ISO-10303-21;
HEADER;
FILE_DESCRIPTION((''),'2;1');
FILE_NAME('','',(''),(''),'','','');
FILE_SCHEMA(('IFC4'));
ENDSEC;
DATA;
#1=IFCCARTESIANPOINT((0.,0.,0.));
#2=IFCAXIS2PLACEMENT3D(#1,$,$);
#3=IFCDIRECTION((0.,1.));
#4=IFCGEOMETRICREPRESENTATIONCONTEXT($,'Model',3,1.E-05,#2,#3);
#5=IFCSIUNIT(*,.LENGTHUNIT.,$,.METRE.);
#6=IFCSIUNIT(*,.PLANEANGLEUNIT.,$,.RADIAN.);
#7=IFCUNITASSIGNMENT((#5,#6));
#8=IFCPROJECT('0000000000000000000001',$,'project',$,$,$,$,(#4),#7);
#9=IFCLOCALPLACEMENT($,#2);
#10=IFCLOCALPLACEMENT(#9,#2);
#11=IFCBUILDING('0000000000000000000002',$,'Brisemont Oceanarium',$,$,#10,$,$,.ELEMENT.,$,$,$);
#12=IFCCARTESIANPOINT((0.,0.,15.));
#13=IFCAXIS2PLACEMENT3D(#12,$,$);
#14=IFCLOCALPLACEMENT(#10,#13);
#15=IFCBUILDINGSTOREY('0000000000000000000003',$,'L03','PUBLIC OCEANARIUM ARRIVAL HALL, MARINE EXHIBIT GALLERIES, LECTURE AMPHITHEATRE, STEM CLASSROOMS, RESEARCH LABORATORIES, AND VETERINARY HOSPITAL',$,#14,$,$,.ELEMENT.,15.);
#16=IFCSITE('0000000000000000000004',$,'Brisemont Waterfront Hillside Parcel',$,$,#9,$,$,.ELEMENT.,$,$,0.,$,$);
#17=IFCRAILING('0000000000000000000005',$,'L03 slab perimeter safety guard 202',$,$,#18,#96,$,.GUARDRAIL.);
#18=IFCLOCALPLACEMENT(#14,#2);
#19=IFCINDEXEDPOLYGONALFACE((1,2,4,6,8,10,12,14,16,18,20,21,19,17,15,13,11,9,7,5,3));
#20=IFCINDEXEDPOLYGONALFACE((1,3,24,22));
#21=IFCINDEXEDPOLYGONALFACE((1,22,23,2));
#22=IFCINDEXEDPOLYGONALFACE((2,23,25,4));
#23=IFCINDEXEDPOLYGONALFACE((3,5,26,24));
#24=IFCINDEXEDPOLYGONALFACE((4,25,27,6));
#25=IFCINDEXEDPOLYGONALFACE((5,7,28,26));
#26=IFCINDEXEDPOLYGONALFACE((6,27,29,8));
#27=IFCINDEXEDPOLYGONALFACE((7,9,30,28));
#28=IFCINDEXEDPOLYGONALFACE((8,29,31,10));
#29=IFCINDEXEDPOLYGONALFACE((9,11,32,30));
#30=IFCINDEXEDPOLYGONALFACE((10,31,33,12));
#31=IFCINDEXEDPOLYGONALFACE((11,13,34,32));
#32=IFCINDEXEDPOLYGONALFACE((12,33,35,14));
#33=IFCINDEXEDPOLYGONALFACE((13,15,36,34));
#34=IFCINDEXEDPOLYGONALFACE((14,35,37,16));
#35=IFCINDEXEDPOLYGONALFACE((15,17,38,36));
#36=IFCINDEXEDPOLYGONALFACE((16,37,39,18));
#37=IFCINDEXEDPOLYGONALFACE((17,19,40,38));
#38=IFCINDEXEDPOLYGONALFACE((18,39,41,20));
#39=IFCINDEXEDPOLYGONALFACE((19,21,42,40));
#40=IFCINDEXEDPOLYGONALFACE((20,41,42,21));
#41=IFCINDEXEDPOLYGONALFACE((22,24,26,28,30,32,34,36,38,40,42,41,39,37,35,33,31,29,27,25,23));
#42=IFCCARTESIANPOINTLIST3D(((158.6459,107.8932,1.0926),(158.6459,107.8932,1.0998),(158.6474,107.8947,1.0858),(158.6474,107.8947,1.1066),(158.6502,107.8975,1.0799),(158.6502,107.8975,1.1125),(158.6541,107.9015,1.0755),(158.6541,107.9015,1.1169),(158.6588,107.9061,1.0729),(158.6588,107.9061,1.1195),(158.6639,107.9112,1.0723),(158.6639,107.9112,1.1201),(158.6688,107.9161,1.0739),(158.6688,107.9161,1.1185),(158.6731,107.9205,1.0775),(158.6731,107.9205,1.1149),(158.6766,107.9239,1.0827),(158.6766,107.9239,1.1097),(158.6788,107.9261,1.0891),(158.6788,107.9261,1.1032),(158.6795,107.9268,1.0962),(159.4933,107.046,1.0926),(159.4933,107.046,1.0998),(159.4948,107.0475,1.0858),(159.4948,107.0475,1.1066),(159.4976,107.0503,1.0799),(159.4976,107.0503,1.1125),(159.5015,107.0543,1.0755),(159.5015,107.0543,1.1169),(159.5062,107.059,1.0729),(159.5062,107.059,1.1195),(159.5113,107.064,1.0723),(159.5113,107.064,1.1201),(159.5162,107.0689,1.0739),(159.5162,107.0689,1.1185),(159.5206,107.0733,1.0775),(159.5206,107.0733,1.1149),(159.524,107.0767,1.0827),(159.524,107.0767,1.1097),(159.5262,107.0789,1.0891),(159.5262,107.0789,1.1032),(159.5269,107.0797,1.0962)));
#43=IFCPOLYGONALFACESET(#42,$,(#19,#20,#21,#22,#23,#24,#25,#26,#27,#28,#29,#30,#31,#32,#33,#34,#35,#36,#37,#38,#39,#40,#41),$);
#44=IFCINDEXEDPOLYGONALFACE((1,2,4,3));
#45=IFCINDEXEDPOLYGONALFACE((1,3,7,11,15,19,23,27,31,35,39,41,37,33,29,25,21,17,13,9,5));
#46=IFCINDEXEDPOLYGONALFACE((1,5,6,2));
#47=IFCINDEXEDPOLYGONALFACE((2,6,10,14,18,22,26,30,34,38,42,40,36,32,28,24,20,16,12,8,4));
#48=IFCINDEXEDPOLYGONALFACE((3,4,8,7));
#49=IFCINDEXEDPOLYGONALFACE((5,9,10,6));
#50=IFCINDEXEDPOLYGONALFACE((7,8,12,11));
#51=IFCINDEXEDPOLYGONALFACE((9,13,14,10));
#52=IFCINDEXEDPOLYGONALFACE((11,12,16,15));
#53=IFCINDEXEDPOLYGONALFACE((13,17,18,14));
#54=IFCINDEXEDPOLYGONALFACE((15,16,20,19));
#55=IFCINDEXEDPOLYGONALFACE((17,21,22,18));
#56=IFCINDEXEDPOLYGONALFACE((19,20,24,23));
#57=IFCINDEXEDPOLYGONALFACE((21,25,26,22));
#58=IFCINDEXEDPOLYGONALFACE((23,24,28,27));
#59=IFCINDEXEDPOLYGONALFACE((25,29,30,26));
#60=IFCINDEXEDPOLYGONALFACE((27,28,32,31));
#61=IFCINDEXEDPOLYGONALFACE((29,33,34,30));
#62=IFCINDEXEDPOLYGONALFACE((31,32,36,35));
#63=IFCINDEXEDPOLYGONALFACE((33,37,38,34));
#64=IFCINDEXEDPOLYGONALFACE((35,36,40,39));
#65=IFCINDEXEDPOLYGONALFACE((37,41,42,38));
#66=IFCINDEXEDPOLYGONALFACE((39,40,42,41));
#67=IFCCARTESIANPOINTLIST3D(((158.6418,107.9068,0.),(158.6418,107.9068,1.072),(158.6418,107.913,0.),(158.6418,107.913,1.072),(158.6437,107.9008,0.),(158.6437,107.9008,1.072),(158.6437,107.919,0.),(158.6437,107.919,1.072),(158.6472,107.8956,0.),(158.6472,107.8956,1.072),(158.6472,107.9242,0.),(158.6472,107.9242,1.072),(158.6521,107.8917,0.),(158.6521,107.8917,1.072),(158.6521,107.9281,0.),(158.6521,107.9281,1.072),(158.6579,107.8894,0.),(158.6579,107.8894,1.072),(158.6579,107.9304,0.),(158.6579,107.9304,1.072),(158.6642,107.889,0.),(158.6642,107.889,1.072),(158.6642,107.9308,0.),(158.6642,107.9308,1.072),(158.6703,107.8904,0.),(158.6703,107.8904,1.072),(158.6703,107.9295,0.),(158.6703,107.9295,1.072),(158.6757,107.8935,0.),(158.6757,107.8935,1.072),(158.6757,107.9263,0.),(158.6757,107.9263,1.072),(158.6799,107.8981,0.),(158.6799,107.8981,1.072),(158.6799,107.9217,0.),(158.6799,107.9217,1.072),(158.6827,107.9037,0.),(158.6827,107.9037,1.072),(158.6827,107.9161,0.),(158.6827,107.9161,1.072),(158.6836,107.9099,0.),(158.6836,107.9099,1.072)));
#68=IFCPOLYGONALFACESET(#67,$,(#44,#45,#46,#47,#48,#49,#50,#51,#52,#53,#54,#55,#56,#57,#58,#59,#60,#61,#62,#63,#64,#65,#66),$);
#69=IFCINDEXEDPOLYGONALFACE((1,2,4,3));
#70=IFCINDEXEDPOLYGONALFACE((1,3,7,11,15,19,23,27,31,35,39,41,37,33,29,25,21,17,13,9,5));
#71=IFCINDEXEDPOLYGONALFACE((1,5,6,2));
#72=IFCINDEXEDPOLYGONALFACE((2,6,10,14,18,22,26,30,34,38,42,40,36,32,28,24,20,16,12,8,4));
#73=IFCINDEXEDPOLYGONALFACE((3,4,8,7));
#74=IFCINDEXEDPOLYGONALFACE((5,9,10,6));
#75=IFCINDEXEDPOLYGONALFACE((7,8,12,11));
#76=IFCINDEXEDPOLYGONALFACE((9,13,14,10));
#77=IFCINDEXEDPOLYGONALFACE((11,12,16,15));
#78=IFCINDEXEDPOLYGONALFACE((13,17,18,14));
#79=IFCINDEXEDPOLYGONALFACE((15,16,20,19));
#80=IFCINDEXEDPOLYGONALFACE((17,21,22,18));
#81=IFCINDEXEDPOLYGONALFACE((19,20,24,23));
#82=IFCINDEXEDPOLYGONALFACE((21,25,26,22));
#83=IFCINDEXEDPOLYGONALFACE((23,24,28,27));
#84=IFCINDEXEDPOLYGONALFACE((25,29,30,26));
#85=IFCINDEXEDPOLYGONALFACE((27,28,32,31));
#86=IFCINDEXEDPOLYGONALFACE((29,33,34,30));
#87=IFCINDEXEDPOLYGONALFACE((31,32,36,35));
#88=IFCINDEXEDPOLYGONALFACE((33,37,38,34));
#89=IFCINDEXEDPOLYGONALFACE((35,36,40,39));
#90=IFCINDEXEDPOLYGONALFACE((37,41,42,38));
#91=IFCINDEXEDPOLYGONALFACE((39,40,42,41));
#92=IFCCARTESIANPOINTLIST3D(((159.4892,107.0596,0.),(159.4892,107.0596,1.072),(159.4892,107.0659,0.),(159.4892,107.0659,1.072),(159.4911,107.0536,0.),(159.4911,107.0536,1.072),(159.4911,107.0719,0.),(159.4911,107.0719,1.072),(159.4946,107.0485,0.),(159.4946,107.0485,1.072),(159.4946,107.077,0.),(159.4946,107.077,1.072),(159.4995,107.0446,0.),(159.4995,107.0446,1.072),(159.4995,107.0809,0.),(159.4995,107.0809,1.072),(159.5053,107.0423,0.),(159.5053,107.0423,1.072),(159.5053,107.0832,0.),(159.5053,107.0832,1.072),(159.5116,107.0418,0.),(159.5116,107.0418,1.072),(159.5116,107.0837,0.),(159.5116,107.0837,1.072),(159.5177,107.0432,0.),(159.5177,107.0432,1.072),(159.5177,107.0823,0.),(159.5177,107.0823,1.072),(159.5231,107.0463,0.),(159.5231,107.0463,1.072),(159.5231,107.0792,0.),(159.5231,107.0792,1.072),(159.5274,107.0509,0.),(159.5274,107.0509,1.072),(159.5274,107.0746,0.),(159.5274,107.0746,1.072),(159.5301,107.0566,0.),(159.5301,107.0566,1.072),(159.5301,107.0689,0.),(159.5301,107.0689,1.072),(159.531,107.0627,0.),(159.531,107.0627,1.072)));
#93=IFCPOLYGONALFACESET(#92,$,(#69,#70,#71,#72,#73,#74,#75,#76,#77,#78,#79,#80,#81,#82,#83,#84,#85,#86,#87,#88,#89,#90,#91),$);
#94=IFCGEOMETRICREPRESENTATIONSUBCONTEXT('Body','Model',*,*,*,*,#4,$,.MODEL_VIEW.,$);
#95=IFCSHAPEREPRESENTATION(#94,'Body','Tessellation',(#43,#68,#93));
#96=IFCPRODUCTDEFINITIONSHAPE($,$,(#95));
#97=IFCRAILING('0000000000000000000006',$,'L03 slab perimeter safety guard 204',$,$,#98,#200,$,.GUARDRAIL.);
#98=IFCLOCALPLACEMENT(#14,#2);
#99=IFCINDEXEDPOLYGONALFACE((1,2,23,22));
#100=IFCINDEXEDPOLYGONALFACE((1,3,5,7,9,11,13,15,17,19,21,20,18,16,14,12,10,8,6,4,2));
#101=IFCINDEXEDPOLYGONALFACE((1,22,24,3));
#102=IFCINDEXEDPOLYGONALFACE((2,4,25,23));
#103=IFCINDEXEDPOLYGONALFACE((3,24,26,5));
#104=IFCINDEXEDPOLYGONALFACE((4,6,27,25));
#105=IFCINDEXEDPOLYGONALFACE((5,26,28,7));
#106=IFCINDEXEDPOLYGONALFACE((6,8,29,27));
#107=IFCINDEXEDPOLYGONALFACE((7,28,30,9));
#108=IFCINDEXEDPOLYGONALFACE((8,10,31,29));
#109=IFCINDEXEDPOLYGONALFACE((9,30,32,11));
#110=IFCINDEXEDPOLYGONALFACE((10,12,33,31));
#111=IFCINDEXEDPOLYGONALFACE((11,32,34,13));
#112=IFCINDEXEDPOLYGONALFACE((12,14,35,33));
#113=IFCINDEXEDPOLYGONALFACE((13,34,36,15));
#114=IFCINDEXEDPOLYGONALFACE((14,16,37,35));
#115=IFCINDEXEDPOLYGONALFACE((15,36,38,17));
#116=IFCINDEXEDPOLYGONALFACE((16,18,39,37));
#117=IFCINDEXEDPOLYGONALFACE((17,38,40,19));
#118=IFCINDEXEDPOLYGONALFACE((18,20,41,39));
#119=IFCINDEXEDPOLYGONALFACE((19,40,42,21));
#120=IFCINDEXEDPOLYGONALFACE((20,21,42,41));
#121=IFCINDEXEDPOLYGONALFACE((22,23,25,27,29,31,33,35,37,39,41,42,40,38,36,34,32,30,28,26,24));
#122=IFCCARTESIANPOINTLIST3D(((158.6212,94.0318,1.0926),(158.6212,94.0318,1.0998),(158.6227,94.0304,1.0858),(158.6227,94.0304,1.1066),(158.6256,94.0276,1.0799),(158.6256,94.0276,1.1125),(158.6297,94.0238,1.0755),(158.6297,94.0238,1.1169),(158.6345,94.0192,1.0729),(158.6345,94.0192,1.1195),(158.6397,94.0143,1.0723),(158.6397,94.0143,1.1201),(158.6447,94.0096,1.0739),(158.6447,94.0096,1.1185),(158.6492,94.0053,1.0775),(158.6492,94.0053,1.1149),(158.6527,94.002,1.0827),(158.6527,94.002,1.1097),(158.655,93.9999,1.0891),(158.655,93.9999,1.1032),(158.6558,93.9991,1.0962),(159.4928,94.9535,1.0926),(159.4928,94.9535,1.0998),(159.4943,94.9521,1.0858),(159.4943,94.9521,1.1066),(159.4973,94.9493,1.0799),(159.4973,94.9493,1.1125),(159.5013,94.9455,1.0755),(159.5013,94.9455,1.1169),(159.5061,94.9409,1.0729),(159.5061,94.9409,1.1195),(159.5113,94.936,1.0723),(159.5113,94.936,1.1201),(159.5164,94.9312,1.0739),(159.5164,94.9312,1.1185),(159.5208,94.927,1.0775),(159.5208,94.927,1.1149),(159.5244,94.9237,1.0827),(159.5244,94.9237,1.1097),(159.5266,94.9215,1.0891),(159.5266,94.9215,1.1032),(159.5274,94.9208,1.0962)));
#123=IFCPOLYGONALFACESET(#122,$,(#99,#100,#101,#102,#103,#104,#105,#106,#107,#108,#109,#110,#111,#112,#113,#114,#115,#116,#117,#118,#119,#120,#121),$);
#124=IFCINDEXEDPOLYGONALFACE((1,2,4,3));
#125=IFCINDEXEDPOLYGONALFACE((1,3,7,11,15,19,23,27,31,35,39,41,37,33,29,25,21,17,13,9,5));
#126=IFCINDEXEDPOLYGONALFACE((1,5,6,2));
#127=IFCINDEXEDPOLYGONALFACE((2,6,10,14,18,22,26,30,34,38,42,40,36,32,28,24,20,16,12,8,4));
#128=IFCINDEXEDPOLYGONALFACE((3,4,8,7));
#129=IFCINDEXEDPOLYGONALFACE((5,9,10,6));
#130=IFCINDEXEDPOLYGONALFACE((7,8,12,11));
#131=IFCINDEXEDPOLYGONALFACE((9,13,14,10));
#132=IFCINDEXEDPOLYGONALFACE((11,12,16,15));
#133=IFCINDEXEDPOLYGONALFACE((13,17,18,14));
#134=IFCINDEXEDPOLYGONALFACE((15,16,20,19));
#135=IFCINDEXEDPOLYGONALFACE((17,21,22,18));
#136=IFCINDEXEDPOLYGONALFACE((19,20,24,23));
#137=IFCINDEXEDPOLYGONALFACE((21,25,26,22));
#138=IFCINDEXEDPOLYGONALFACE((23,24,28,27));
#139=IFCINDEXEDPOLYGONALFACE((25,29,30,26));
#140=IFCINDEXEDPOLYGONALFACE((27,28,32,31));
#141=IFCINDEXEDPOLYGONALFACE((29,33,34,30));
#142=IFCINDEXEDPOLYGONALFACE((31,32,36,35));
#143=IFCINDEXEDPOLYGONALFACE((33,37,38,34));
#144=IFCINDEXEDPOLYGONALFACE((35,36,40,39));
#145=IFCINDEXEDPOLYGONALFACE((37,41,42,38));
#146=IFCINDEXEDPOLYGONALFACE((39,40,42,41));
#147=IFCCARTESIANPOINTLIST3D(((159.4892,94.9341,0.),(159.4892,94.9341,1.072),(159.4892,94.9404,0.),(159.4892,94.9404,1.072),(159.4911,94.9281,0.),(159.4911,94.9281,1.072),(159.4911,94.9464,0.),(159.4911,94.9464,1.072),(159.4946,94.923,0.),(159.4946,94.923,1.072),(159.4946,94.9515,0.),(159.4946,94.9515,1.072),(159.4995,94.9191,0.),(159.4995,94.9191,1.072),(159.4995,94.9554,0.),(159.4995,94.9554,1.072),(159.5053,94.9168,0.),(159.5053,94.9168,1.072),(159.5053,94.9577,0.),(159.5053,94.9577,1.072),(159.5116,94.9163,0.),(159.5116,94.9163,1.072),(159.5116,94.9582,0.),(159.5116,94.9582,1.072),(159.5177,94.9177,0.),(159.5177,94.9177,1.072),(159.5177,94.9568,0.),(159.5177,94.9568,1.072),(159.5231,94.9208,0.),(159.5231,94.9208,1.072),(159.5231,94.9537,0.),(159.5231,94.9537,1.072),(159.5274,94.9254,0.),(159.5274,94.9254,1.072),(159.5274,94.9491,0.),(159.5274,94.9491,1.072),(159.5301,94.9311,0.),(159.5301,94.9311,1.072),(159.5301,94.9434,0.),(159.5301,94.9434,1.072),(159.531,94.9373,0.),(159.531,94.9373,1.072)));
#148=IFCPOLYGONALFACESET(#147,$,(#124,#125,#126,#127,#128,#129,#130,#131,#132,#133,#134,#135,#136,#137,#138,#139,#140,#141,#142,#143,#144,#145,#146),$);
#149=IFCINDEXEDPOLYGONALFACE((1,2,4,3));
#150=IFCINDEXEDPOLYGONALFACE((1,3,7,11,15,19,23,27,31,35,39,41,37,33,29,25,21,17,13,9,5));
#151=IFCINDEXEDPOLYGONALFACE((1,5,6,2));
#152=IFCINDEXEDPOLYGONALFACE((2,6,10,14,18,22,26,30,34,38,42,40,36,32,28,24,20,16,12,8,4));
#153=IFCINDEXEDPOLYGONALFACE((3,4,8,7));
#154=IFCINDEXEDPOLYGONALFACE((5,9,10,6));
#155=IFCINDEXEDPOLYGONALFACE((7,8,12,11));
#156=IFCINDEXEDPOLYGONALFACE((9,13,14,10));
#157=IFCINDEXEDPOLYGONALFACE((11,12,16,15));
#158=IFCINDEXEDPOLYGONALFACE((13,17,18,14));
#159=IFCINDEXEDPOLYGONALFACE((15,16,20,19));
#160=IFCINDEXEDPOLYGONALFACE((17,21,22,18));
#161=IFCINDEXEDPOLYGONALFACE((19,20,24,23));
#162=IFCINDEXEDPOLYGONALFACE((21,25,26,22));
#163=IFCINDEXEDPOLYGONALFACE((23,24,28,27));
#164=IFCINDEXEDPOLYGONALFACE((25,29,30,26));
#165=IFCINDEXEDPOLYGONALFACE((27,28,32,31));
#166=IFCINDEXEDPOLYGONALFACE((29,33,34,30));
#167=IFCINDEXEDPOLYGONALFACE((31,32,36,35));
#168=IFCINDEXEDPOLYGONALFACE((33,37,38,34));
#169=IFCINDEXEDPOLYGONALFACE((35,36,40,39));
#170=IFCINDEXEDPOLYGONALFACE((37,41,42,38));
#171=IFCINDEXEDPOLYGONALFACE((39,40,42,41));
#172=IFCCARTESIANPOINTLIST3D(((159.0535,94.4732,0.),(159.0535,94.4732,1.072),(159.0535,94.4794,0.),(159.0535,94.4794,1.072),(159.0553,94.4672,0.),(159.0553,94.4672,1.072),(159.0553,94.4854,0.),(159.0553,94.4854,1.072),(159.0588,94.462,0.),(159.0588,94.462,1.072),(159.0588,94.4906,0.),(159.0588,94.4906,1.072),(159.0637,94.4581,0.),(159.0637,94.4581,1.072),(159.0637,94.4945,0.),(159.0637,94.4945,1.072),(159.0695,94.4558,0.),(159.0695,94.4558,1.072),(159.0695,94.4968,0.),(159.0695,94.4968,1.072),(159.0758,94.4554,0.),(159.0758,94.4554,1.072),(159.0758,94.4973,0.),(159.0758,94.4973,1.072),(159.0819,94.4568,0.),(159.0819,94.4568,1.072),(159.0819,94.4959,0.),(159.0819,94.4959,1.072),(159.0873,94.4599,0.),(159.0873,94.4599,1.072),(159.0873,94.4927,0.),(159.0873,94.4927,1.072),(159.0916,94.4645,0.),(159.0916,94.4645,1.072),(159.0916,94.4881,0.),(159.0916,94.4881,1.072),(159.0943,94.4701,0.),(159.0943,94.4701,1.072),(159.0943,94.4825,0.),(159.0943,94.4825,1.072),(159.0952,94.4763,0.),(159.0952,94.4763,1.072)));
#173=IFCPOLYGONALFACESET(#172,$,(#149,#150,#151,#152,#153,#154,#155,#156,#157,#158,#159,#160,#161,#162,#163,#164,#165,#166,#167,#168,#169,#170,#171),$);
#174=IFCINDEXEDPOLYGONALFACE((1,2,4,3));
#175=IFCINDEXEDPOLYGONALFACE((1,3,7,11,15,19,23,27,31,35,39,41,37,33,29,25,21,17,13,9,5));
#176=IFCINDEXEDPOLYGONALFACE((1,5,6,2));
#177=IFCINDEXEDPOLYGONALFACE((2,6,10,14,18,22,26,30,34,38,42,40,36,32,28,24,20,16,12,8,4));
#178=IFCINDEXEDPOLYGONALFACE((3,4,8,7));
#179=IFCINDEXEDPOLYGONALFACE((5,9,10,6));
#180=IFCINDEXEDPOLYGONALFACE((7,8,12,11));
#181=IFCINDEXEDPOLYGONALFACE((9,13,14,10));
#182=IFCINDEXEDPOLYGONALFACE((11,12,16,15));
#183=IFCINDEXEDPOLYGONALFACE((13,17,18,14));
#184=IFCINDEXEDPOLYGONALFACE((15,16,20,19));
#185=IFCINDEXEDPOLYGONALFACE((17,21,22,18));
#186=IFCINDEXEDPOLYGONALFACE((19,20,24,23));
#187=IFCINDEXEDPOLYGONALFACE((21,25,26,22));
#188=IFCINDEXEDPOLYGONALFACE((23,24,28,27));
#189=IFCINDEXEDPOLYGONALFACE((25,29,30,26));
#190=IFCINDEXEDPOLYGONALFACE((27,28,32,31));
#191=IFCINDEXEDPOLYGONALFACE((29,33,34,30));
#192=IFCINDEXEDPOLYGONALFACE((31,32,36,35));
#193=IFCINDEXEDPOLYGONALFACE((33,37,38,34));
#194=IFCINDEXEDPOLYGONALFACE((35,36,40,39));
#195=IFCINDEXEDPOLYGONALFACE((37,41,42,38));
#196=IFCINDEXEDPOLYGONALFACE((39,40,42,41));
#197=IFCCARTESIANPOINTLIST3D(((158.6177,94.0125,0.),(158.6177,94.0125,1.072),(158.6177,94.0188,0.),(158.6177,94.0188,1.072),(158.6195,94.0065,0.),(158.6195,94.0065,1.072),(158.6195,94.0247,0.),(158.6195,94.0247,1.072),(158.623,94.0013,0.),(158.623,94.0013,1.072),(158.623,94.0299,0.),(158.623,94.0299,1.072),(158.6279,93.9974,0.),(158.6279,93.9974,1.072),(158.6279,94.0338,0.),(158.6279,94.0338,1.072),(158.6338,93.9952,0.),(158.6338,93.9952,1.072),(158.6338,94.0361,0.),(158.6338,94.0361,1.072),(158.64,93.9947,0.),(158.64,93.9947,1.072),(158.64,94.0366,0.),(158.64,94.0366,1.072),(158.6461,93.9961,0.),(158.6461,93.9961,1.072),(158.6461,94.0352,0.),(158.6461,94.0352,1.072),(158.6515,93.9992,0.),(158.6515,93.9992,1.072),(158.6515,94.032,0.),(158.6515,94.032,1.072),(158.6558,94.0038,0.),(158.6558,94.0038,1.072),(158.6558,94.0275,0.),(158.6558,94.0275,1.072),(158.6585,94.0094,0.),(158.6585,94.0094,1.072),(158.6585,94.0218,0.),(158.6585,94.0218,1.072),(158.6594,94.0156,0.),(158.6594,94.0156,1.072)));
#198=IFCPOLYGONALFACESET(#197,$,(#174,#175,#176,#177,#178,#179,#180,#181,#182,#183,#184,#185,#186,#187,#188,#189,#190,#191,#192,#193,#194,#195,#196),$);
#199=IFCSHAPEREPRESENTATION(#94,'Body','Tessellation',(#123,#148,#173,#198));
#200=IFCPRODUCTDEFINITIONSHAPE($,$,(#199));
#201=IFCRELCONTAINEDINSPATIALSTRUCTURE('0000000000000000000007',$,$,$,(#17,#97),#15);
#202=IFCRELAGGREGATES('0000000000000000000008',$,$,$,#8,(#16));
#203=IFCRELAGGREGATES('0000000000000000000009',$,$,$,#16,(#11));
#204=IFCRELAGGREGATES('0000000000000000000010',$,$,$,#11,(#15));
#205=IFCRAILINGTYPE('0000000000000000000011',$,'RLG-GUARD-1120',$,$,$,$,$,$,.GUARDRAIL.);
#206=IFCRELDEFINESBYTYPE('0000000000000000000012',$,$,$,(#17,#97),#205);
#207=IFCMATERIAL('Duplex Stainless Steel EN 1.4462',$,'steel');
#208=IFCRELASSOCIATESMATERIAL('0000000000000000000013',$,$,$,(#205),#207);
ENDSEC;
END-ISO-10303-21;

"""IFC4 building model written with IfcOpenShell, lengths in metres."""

from ifc_helpers import new_model, si_unit, direction, frame, origin, origin_2d, place, context, subcontext, project, spatial, circle, extrude, material, type_object, element, save


model = new_model("IFC4")

# Units and contexts
model_context = context("Model", 3, precision=1e-05, world=origin(), true_north=direction((0.0, 1.0)))
body_context = subcontext(model_context, "Body", "Model", "MODEL_VIEW")
ifc_project = project(units=[si_unit("LENGTHUNIT", "METRE"), si_unit("PLANEANGLEUNIT", "RADIAN")], contexts=[model_context])

# Site, building, storey
site_placement = place(None, origin())
site = spatial("IfcSite", under=ifc_project, at=site_placement, Name="Brisemont Waterfront Hillside Parcel", CompositionType="ELEMENT", RefElevation=0.0)
building_placement = place(site_placement, origin())
building = spatial("IfcBuilding", under=site, at=building_placement, Name="Brisemont Oceanarium", CompositionType="ELEMENT")
storey_placement = place(building_placement, frame((0.0, 0.0, 15.0)))
storey = spatial("IfcBuildingStorey", under=building, at=storey_placement, Name="L03", Description="PUBLIC OCEANARIUM ARRIVAL HALL, MARINE EXHIBIT GALLERIES, LECTURE AMPHITHEATRE, STEM CLASSROOMS, RESEARCH LABORATORIES, AND VETERINARY HOSPITAL", CompositionType="ELEMENT", Elevation=15.0)

# Railings
ifc_material_1 = material(Name="Duplex Stainless Steel EN 1.4462", Category="steel")
railing_type = type_object("IfcRailingType", Name="RLG-GUARD-1120", PredefinedType="GUARDRAIL", material=ifc_material_1)
railing_1_placement = place(storey_placement, frame((158.6626, 107.9099, 0.0)))
element("IfcRailing", 1, at=railing_1_placement, inside=storey, type_object=railing_type, Name="L03 slab perimeter safety guard 202", PredefinedType="GUARDRAIL", context=body_context, shape_type="SweptSolid", body=[
    extrude(circle(Radius=0.0239, at=origin_2d()), frame((0.0, 0.0, 1.0962), z_axis=(0.707209, -0.707005, 0.0), x_axis=(0.707005, 0.707209, 0.0)), (0.0, 0.0, 1.0), 1.1982),
    extrude(circle(Radius=0.021, at=origin_2d()), origin(), (0.0, 0.0, 1.0), 1.072),
    extrude(circle(Radius=0.021, at=origin_2d()), frame((0.8474, -0.8472, 0.0)), (0.0, 0.0, 1.0), 1.072),
])
railing_2_placement = place(storey_placement, frame((159.51, 94.9373, 0.0)))
element("IfcRailing", 2, at=railing_2_placement, inside=storey, type_object=railing_type, Name="L03 slab perimeter safety guard 204", PredefinedType="GUARDRAIL", context=body_context, shape_type="SweptSolid", body=[
    extrude(circle(Radius=0.0239, at=origin_2d()), frame((0.0, 0.0, 1.0962), z_axis=(-0.687104, -0.726559, 0.0), x_axis=(0.726559, -0.687104, 0.0)), (0.0, 0.0, 1.0), 1.2686),
    extrude(circle(Radius=0.021, at=origin_2d()), origin(), (0.0, 0.0, 1.0), 1.072),
    extrude(circle(Radius=0.021, at=origin_2d()), frame((-0.4358, -0.4609, 0.0)), (0.0, 0.0, 1.0), 1.072),
    extrude(circle(Radius=0.021, at=origin_2d()), frame((-0.8716, -0.9216, 0.0)), (0.0, 0.0, 1.0), 1.072),
])

save(model, "model.ifc")
